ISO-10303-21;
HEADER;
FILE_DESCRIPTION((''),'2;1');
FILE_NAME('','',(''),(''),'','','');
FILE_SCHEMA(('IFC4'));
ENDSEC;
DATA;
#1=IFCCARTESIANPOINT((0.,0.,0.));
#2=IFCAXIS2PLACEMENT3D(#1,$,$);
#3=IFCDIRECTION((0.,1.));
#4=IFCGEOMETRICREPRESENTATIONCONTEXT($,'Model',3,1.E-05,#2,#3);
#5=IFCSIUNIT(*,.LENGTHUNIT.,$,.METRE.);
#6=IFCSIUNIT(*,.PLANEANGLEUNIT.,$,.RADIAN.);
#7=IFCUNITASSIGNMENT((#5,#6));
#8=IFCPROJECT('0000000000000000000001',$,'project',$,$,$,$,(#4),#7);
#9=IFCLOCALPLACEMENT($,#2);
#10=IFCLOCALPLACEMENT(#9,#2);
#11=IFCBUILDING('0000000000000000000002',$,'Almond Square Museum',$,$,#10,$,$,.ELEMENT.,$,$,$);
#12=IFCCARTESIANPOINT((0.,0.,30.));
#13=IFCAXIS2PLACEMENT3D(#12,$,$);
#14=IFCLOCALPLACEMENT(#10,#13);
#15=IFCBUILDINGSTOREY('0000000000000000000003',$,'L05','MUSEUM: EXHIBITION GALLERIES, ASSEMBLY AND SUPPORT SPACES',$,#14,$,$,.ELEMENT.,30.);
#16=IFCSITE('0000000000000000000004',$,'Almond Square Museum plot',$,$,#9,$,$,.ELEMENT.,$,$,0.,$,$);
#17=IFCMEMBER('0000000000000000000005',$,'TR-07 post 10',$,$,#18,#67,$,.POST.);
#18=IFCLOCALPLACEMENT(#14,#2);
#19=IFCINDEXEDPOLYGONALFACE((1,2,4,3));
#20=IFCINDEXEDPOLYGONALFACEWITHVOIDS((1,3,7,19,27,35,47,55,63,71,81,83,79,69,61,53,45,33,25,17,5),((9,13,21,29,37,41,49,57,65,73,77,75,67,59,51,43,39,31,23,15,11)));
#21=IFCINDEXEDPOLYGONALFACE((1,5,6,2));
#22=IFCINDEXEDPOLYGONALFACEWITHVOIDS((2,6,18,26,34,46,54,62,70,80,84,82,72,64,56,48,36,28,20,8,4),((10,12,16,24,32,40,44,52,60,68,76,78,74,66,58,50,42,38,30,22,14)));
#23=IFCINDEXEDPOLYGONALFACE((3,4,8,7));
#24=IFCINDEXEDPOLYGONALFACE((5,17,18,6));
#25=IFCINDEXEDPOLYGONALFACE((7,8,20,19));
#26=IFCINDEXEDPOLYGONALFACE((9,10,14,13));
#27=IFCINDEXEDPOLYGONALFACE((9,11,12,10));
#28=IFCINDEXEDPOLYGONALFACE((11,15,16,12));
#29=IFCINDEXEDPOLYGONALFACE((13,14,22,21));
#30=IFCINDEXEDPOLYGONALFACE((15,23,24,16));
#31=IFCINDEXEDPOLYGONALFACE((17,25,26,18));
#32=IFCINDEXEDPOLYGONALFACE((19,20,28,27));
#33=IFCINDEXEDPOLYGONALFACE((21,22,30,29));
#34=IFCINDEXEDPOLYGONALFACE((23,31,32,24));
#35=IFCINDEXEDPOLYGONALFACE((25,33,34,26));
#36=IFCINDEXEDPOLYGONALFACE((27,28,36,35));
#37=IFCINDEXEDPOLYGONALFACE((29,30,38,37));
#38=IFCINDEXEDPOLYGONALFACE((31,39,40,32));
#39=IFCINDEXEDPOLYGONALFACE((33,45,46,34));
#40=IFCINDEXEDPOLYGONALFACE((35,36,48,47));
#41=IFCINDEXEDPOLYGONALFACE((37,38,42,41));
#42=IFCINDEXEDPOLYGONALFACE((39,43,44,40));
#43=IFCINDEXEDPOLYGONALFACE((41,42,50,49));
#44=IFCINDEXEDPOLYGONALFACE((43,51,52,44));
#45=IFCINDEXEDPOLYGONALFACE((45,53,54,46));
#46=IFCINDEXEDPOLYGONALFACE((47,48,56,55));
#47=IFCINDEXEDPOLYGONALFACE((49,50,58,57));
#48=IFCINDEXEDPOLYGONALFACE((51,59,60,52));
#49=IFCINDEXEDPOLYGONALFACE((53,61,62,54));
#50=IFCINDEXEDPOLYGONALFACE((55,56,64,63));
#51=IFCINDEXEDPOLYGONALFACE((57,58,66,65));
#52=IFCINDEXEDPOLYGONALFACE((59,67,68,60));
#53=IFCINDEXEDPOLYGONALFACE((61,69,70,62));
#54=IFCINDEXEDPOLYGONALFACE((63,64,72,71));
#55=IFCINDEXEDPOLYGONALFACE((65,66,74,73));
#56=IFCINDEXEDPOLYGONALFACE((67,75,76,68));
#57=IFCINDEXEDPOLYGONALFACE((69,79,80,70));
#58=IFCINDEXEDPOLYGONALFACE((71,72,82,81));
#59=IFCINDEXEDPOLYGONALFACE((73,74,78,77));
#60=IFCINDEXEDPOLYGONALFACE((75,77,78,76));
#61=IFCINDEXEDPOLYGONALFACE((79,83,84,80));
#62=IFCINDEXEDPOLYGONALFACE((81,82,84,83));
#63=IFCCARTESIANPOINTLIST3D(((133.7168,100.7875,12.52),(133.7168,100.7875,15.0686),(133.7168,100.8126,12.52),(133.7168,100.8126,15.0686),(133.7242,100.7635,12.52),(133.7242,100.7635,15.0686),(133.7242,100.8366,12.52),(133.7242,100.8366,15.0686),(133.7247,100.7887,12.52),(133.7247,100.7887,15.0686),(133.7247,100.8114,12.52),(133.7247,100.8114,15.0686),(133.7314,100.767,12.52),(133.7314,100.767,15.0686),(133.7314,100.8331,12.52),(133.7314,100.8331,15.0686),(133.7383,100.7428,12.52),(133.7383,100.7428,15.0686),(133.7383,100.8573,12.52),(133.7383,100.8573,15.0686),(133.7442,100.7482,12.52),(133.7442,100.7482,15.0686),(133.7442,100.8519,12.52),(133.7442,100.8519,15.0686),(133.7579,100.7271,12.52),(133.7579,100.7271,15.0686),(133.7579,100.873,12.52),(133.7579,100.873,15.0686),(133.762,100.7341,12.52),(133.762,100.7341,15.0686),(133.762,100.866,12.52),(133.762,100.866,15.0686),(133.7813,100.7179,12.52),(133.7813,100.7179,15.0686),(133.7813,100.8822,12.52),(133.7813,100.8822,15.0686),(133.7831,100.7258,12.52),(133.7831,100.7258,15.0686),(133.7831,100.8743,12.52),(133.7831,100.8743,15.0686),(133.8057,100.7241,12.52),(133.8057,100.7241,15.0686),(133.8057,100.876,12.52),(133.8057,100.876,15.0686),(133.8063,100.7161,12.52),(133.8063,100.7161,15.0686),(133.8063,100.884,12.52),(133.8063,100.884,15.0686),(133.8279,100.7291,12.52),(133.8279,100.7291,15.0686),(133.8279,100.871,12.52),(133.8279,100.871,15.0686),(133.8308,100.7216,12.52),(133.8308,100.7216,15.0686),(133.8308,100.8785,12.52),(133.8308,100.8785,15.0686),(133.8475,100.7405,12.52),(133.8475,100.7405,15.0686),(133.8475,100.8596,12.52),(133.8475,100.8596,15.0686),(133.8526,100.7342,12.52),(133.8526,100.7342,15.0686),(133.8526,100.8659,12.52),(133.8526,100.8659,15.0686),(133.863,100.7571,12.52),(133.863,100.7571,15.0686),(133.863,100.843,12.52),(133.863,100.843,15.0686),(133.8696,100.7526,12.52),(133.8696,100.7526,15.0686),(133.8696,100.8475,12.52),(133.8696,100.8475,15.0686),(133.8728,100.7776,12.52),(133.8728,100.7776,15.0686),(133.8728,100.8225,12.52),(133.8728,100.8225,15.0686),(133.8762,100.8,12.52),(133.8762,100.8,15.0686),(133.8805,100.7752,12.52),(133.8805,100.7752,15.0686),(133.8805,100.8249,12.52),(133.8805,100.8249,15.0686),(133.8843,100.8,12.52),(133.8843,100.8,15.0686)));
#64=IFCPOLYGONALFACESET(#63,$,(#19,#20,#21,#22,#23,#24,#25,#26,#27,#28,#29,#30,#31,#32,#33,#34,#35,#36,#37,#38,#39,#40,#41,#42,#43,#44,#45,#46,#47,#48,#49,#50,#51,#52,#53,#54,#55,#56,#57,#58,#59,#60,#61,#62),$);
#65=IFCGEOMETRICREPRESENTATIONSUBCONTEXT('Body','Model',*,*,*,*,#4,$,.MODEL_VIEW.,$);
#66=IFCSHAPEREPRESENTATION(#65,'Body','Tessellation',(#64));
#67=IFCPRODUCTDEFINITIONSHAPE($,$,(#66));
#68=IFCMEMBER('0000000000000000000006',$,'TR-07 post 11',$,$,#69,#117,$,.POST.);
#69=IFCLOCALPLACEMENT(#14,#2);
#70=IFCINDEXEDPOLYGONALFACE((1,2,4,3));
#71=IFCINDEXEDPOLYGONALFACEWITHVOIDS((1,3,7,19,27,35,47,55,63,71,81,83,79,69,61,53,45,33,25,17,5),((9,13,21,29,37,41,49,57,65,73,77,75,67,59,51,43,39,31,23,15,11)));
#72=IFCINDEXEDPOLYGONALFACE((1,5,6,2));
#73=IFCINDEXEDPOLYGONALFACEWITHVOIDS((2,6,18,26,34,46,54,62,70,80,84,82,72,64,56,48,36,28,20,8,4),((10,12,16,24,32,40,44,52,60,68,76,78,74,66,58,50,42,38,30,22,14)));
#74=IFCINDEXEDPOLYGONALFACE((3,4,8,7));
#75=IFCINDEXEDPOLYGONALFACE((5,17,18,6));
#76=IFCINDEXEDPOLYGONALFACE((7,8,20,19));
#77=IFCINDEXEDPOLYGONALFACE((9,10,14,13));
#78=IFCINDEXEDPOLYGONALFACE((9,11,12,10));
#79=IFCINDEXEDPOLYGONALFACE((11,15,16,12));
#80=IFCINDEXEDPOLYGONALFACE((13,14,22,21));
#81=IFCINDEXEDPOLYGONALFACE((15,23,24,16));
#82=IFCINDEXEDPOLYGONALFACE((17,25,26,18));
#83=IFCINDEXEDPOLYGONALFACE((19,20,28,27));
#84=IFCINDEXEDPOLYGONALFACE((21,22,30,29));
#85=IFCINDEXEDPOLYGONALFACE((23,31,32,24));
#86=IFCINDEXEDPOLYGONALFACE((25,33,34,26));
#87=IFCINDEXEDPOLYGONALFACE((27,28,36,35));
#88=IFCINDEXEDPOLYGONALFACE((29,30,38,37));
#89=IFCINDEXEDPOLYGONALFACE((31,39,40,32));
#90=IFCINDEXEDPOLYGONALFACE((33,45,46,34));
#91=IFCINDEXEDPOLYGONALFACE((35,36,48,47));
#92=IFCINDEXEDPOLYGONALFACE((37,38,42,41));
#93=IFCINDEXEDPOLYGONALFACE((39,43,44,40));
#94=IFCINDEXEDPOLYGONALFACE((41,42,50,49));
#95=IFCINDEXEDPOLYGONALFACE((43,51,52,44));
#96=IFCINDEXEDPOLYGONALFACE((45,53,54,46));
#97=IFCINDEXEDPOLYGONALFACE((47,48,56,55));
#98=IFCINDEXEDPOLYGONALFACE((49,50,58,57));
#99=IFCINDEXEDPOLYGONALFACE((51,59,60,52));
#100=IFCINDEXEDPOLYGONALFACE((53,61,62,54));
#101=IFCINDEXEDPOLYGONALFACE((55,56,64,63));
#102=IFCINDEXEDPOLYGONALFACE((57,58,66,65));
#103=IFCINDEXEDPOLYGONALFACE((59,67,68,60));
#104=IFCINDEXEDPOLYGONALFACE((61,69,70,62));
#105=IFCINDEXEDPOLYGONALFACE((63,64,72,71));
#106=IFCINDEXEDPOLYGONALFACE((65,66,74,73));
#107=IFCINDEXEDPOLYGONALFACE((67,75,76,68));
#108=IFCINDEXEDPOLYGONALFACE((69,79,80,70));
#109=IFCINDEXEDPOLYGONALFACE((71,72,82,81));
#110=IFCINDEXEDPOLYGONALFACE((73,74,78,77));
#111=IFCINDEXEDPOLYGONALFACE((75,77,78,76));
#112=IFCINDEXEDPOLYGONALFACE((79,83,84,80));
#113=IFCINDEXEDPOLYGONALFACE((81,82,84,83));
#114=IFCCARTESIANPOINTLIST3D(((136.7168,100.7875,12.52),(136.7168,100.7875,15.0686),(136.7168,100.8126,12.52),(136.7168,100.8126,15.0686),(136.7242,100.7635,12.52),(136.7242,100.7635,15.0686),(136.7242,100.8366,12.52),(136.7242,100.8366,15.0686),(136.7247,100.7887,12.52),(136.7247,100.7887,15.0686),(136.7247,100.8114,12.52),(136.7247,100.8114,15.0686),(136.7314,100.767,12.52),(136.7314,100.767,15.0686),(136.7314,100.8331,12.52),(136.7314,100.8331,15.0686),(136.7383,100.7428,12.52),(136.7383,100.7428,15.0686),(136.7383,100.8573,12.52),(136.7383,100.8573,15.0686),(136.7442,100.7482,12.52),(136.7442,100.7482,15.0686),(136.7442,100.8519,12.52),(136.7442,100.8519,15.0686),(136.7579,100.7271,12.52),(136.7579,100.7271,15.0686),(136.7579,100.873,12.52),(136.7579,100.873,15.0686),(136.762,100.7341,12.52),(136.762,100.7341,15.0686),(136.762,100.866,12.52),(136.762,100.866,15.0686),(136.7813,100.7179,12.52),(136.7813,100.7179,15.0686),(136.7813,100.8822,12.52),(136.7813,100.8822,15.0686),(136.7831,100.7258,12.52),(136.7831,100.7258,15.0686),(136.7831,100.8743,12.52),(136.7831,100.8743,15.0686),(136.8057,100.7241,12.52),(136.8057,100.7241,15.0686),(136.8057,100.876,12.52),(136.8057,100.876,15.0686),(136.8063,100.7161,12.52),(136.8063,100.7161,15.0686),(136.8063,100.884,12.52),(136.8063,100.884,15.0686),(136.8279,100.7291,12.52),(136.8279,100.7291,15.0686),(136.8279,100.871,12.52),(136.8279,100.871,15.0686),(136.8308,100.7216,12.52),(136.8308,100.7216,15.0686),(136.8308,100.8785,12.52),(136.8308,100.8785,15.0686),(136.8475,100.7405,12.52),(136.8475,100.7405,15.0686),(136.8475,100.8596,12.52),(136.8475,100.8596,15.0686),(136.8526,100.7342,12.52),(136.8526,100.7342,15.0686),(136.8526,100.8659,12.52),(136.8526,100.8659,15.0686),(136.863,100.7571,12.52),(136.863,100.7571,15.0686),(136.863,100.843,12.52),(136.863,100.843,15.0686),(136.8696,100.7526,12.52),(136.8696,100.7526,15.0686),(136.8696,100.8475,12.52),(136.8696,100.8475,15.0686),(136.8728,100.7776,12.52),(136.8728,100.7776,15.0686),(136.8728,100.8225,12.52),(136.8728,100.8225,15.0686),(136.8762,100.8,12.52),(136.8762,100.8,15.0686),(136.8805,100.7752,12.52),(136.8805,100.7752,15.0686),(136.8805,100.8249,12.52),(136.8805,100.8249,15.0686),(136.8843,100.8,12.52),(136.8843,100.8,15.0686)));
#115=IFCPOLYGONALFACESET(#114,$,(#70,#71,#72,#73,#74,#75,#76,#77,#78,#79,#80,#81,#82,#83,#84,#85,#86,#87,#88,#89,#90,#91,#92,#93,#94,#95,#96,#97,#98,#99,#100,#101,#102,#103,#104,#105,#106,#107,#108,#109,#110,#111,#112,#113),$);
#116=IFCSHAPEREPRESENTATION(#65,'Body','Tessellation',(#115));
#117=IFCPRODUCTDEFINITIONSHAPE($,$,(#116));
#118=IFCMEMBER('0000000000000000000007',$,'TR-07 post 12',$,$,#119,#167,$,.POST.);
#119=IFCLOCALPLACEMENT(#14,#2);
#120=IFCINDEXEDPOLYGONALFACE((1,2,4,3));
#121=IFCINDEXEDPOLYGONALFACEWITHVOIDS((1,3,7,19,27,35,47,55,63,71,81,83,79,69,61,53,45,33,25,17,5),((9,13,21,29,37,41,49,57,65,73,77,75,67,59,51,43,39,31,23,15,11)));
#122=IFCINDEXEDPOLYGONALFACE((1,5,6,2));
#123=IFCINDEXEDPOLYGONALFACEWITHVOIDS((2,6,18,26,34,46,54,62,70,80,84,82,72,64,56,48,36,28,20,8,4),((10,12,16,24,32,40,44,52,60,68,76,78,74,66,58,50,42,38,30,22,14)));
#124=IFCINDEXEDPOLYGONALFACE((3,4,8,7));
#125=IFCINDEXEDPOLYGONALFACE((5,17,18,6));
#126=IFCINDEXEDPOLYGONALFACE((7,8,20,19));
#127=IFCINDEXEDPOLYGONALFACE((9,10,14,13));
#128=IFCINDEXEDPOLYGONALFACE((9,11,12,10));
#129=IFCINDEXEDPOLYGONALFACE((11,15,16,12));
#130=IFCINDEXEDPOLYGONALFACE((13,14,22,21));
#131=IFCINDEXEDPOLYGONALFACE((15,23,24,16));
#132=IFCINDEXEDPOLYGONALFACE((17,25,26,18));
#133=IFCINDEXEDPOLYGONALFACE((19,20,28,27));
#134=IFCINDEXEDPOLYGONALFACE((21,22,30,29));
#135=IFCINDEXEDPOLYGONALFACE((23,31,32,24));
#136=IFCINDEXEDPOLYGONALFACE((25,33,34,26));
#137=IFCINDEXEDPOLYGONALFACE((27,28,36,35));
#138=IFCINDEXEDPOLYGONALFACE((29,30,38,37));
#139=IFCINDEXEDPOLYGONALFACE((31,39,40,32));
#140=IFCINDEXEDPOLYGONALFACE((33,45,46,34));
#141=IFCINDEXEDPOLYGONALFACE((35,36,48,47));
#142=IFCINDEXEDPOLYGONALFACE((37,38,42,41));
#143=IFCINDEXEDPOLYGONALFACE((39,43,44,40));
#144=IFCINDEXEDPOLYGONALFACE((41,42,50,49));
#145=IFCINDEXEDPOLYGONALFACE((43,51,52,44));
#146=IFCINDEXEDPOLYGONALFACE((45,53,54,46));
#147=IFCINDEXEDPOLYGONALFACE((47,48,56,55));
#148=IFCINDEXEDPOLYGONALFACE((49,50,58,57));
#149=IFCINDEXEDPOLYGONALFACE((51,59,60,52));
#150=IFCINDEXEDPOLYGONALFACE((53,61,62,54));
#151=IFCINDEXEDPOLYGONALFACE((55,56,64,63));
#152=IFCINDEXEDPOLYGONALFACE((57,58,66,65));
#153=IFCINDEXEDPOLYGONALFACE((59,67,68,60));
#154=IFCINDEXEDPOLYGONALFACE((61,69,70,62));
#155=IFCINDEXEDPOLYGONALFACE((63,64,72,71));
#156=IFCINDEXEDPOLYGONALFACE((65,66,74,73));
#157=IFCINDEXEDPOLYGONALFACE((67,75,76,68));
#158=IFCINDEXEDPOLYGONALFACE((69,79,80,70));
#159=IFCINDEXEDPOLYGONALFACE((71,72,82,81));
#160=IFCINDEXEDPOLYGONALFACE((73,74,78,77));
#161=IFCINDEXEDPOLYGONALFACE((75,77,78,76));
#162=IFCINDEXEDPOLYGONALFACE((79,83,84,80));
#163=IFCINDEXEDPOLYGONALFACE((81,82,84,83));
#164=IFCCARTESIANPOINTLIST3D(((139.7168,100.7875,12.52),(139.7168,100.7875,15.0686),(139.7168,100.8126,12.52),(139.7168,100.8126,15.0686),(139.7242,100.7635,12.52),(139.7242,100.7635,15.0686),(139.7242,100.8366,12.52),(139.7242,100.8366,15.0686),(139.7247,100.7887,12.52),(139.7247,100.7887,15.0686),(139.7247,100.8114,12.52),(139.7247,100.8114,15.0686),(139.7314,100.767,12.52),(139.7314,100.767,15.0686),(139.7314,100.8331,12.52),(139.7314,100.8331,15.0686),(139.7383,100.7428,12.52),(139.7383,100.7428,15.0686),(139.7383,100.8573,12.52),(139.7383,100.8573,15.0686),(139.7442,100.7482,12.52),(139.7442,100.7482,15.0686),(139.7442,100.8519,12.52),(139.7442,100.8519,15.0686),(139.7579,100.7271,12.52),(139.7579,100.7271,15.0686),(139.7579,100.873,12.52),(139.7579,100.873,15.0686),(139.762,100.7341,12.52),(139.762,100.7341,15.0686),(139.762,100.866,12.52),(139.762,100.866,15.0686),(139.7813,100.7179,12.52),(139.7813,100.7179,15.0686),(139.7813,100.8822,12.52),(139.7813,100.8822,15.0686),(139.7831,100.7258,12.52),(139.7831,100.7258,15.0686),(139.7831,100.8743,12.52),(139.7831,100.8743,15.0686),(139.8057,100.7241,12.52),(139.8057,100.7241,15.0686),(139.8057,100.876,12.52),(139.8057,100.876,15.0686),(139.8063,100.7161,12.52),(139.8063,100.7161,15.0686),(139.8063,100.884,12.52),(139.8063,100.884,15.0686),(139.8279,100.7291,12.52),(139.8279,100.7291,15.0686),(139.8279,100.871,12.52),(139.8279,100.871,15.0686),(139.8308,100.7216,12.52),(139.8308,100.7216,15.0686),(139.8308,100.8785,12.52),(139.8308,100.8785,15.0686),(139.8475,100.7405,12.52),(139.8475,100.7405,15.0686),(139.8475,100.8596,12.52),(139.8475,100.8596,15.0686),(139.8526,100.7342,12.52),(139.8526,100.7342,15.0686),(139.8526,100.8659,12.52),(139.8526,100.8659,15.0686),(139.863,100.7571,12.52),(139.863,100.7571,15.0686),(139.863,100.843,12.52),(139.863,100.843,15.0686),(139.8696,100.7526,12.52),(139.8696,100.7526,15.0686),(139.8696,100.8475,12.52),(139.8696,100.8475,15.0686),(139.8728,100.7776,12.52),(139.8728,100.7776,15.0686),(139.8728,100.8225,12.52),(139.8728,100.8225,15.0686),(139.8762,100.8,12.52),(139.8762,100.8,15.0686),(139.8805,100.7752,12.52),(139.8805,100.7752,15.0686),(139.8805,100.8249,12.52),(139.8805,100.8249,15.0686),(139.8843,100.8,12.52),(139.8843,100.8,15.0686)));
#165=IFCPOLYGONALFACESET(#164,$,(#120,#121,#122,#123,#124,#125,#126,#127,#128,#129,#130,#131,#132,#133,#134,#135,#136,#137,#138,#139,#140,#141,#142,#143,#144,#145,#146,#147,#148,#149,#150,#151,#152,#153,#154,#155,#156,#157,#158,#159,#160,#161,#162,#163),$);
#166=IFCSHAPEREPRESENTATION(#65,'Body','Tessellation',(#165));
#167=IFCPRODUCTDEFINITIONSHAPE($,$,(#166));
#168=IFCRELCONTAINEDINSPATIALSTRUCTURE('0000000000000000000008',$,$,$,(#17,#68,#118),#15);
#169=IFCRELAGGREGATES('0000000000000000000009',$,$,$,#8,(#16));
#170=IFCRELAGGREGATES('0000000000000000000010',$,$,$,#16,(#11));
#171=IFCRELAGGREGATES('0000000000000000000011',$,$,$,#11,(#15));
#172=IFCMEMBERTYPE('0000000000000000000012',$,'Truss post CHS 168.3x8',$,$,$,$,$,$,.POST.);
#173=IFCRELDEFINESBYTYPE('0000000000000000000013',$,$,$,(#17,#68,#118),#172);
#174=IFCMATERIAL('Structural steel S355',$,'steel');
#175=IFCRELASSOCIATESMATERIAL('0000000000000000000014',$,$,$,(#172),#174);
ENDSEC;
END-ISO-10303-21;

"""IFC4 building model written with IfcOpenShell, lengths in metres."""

from ifc_helpers import new_model, si_unit, direction, frame, origin, origin_2d, place, context, subcontext, project, spatial, hollow_circle, extrude, material, material_profile, profile_set, type_object, element, save


model = new_model("IFC4")

# Units and contexts
model_context = context("Model", 3, precision=1e-05, world=origin(), true_north=direction((0.0, 1.0)))
body_context = subcontext(model_context, "Body", "Model", "MODEL_VIEW")
ifc_project = project(units=[si_unit("LENGTHUNIT", "METRE"), si_unit("PLANEANGLEUNIT", "RADIAN")], contexts=[model_context])

# Site, building, storey
site_placement = place(None, origin())
site = spatial("IfcSite", under=ifc_project, at=site_placement, Name="Almond Square Museum plot", CompositionType="ELEMENT", RefElevation=0.0)
building_placement = place(site_placement, origin())
building = spatial("IfcBuilding", under=site, at=building_placement, Name="Almond Square Museum", CompositionType="ELEMENT")
storey_placement = place(building_placement, frame((0.0, 0.0, 30.0)))
storey = spatial("IfcBuildingStorey", under=building, at=storey_placement, Name="L05", Description="MUSEUM: EXHIBITION GALLERIES, ASSEMBLY AND SUPPORT SPACES", CompositionType="ELEMENT", Elevation=30.0)

# Members
ifc_material_1 = material(Name="Structural steel S355", Category="steel")
ifc_material_profile_1 = material_profile(ifc_material_1, hollow_circle(Radius=0.0842, WallThickness=0.0081, at=origin_2d()))
ifc_profile_set_1 = profile_set([ifc_material_profile_1], Name="Structural steel S355")
member_type_1 = type_object("IfcMemberType", Name="Truss post CHS 168.3x8", PredefinedType="POST", material=ifc_profile_set_1)
for number, where, z_axis, x_axis, name in (
    (1, (133.8, 100.8, 12.52), (0.0, 0.0, 1.0), (1.0, 0.0, 0.0), "TR-07 post 10"),
    (2, (136.8, 100.8, 12.52), (0.0, 0.0, 1.0), (1.0, 0.0, 0.0), "TR-07 post 11"),
    (3, (139.8, 100.8, 12.52), (0.0, 0.0, 1.0), (1.0, 0.0, 0.0), "TR-07 post 12"),
):
    element("IfcMember", number, at=place(storey_placement, frame(where, z_axis=z_axis, x_axis=x_axis)), inside=storey, type_object=member_type_1, Name=name, PredefinedType="POST", context=body_context, shape_type="SweptSolid", body=[
        extrude(hollow_circle(Radius=0.0842, WallThickness=0.0081, at=origin_2d()), origin(), (0.0, 0.0, 1.0), 2.5486),
    ])

save(model, "model.ifc")
